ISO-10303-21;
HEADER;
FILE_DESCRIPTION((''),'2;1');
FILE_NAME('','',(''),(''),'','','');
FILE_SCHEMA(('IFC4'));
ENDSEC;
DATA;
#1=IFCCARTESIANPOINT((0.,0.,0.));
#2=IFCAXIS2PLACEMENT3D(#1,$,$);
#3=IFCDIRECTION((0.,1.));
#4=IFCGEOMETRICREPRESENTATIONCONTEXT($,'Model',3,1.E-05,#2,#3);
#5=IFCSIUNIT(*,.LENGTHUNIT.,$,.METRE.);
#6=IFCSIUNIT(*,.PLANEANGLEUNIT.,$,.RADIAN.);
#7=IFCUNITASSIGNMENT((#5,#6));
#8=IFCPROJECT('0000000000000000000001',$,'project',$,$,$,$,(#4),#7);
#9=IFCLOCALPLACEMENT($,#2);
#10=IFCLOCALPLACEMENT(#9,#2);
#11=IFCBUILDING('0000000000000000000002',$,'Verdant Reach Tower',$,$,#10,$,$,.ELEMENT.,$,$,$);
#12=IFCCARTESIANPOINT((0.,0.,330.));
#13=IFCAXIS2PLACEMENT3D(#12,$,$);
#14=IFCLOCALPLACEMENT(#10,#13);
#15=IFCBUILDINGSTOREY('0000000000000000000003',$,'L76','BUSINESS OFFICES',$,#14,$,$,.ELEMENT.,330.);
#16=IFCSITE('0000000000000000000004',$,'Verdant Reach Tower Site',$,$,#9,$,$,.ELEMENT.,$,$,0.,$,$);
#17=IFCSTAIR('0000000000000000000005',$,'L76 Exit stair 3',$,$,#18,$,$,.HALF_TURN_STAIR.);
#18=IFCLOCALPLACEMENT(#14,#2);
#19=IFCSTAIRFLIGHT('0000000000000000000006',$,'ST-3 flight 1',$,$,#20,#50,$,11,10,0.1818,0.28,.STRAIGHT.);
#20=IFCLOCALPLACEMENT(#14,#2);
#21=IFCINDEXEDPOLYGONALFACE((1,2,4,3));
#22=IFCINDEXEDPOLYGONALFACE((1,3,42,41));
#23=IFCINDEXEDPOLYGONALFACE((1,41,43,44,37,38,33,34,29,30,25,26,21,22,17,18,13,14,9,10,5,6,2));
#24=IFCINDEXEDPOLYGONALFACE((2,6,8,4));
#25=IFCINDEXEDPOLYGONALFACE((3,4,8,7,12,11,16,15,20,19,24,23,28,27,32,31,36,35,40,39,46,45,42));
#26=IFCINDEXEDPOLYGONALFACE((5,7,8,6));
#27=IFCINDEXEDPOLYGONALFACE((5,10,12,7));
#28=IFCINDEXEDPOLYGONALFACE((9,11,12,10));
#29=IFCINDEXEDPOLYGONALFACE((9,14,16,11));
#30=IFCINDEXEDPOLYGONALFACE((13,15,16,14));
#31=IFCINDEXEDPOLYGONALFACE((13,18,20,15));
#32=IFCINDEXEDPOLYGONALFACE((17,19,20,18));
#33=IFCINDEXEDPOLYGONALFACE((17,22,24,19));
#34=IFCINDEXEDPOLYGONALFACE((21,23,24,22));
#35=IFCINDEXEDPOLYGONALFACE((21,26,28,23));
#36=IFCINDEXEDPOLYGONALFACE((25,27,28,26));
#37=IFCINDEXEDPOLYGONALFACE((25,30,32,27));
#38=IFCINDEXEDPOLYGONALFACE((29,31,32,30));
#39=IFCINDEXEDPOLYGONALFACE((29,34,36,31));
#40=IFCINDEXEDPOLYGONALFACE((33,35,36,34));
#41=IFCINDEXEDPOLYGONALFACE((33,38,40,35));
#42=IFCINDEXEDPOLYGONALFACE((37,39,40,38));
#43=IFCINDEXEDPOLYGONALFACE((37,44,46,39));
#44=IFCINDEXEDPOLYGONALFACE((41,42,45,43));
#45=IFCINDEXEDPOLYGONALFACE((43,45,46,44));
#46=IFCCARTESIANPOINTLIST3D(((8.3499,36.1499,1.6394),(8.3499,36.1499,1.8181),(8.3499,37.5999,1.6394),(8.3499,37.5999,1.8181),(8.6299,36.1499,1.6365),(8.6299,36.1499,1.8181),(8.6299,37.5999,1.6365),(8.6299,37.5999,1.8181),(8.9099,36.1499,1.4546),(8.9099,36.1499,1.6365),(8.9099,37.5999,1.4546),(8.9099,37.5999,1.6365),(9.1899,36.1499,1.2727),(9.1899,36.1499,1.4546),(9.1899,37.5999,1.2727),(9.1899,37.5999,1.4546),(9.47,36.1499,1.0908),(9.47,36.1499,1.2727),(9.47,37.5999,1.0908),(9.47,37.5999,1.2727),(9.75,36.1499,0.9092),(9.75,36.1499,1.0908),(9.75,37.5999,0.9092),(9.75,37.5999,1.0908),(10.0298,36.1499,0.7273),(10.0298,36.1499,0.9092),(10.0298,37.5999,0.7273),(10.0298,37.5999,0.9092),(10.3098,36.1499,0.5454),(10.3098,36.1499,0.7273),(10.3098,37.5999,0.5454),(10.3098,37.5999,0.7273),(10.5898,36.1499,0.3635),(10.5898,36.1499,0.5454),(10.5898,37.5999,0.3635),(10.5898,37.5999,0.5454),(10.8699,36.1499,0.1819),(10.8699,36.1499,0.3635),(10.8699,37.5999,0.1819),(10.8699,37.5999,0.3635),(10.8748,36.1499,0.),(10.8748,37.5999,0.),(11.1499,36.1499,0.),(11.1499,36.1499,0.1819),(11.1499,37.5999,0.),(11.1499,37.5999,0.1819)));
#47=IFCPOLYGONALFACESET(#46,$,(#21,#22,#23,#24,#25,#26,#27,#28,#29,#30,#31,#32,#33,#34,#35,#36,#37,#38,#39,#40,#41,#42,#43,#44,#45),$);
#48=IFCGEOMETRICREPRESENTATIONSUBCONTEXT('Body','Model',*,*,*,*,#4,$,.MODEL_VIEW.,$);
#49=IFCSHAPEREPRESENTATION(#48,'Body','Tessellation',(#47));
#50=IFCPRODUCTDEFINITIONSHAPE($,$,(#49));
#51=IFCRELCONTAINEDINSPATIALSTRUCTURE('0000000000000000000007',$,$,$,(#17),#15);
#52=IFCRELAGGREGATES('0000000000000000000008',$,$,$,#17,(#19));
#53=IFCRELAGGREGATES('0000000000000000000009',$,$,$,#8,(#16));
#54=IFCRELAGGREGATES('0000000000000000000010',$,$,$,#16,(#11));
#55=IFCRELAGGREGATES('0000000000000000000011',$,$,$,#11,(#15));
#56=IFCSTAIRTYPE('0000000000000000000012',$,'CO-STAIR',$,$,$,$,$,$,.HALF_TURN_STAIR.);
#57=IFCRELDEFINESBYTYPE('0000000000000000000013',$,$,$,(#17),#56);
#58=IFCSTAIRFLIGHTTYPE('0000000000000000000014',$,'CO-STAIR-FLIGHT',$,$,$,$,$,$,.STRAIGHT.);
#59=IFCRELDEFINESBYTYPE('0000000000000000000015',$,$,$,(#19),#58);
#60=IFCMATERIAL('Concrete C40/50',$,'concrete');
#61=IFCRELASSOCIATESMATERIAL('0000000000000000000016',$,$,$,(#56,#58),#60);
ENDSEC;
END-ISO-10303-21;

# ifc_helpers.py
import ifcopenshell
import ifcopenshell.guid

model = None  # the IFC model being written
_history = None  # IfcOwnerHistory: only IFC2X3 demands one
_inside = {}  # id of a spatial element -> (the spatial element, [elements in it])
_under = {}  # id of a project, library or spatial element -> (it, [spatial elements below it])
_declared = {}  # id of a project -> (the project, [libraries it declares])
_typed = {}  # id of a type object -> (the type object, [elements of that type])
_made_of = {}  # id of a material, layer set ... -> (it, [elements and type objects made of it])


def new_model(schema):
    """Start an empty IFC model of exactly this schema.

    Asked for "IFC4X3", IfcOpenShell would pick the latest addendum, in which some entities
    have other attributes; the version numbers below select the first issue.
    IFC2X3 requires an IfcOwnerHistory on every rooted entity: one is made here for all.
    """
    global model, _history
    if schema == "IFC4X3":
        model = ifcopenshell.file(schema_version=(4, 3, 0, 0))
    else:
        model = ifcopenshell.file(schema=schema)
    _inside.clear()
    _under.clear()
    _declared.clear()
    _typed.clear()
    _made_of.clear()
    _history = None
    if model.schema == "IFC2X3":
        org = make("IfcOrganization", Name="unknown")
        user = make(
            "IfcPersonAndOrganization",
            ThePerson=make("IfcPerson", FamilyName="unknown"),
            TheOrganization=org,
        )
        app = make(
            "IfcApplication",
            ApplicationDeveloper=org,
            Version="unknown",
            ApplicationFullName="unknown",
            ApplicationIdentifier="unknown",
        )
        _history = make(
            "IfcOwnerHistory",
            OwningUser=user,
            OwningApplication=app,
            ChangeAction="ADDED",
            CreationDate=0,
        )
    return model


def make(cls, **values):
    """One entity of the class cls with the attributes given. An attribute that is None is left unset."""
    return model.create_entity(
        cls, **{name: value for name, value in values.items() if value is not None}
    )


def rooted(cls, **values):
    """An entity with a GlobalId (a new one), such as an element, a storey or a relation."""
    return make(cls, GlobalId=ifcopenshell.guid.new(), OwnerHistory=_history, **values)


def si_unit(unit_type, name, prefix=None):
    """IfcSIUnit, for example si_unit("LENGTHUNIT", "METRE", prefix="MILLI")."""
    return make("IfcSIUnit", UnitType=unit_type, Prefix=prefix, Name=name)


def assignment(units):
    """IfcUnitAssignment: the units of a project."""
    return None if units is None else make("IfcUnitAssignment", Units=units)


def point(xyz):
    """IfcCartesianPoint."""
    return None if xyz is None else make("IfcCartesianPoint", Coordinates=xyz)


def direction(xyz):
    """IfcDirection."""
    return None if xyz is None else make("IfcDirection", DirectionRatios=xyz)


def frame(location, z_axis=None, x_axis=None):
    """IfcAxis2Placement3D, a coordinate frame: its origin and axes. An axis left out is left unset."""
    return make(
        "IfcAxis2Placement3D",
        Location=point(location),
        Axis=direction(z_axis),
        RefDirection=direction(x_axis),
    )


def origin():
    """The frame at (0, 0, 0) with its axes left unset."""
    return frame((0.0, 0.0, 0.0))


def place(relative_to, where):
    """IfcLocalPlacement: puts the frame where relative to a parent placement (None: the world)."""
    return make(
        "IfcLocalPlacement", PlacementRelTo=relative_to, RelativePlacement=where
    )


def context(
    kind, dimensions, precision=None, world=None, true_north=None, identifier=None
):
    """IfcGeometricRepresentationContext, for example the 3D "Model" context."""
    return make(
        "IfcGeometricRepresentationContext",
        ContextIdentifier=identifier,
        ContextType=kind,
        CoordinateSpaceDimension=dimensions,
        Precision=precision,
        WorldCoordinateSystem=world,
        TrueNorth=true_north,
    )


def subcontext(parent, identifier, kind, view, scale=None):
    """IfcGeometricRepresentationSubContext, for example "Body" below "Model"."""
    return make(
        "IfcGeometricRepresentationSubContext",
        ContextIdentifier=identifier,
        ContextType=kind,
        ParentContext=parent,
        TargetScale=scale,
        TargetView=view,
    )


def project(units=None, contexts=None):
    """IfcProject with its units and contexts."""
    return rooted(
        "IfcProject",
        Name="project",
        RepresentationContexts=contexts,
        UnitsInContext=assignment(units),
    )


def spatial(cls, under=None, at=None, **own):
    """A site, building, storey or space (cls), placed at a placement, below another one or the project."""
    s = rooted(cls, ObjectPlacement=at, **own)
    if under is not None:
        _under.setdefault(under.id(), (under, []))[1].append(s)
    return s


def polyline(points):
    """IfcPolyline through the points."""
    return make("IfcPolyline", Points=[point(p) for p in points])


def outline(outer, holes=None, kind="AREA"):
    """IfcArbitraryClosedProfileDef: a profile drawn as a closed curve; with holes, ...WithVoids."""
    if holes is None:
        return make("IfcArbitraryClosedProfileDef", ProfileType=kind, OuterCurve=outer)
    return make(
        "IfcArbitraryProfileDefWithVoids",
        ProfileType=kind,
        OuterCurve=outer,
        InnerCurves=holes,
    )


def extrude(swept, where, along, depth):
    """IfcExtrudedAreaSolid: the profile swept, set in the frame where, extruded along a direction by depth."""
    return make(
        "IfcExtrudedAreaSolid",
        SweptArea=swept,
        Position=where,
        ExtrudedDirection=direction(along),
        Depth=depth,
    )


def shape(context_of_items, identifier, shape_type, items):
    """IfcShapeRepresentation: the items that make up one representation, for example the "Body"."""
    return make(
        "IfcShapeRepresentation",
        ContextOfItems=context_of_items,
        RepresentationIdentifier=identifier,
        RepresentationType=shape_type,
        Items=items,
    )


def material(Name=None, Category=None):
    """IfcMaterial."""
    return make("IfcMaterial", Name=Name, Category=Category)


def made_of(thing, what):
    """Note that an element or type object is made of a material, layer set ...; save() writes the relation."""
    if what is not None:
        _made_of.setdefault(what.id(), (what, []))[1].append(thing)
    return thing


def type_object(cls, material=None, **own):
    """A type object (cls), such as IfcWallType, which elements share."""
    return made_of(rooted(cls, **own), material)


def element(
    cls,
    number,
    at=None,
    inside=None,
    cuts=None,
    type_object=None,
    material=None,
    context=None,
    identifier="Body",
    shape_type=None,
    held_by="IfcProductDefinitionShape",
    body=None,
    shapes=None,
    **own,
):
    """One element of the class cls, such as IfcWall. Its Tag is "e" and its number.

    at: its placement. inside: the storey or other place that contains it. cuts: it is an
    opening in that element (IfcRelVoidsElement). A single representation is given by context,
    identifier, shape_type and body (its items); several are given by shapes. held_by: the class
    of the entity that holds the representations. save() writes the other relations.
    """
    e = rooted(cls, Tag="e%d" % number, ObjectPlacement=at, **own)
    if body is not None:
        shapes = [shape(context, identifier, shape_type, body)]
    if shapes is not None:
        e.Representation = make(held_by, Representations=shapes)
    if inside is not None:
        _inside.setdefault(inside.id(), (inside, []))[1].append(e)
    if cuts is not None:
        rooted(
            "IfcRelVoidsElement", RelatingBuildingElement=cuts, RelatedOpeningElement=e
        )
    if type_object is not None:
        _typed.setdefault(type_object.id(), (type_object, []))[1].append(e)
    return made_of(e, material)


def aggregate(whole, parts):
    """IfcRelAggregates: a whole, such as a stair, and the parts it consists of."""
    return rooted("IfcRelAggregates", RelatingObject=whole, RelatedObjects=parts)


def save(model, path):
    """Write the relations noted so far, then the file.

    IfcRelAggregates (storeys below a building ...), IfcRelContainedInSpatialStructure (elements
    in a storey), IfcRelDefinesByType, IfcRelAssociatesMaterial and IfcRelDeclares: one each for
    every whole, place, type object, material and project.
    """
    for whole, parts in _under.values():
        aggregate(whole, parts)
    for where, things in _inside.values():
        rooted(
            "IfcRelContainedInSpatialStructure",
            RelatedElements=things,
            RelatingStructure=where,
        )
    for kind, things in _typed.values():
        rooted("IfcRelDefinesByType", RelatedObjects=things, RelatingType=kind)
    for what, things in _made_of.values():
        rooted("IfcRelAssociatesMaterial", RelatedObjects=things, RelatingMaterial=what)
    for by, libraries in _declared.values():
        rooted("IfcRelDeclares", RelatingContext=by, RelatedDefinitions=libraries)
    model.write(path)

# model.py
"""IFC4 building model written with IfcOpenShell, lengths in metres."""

from ifc_helpers import new_model, si_unit, direction, frame, origin, place, context, subcontext, project, spatial, polyline, outline, extrude, material, type_object, element, aggregate, save


model = new_model("IFC4")

# Units and contexts
model_context = context("Model", 3, precision=1e-05, world=origin(), true_north=direction((0.0, 1.0)))
body_context = subcontext(model_context, "Body", "Model", "MODEL_VIEW")
ifc_project = project(units=[si_unit("LENGTHUNIT", "METRE"), si_unit("PLANEANGLEUNIT", "RADIAN")], contexts=[model_context])

# Site, building, storey
site_placement = place(None, origin())
site = spatial("IfcSite", under=ifc_project, at=site_placement, Name="Verdant Reach Tower Site", CompositionType="ELEMENT", RefElevation=0.0)
building_placement = place(site_placement, origin())
building = spatial("IfcBuilding", under=site, at=building_placement, Name="Verdant Reach Tower", CompositionType="ELEMENT")
storey_placement = place(building_placement, frame((0.0, 0.0, 330.0)))
storey = spatial("IfcBuildingStorey", under=building, at=storey_placement, Name="L76", Description="BUSINESS OFFICES", CompositionType="ELEMENT", Elevation=330.0)

# Stair, stair flight
ifc_material_1 = material(Name="Concrete C40/50", Category="concrete")
stair_type = type_object("IfcStairType", Name="CO-STAIR", PredefinedType="HALF_TURN_STAIR", material=ifc_material_1)
stair_placement = place(storey_placement, origin())
stair = element("IfcStair", 1, at=stair_placement, inside=storey, type_object=stair_type, Name="L76 Exit stair 3", PredefinedType="HALF_TURN_STAIR")
stair_flight_type = type_object("IfcStairFlightType", Name="CO-STAIR-FLIGHT", PredefinedType="STRAIGHT", material=ifc_material_1)
stair_flight_placement = place(storey_placement, frame((11.1499, 36.875, 0.0), z_axis=(0.0, 0.0, 1.0), x_axis=(-1.0, 0.0, 0.0)))
stair_flight = element("IfcStairFlight", 2, at=stair_flight_placement, type_object=stair_flight_type, Name="ST-3 flight 1", NumberOfRisers=11, NumberOfTreads=10, PredefinedType="STRAIGHT", RiserHeight=0.1818, TreadLength=0.28, context=body_context, shape_type="SweptSolid", body=[
    extrude(outline(polyline([(0.0, 0.0), (0.0, 0.1819), (0.28, 0.1819), (0.28, 0.3635), (0.5601, 0.3635), (0.5601, 0.5454), (0.8401, 0.5454), (0.8401, 0.7273), (1.1201, 0.7273), (1.1201, 0.9092), (1.3999, 0.9092), (1.3999, 1.0908), (1.6799, 1.0908), (1.6799, 1.2727), (1.96, 1.2727), (1.96, 1.4546), (2.24, 1.4546), (2.24, 1.6365), (2.52, 1.6365), (2.52, 1.8181), (2.8, 1.8181), (2.8, 2.0), (2.8, 1.6394), (0.2751, 0.0), (0.0, 0.0)])), frame((0.0, 0.7251, 0.0), z_axis=(0.0, -1.0, 0.0), x_axis=(1.0, 0.0, 0.0)), (0.0, 0.0, 1.0), 1.45),
])
aggregate(stair, [stair_flight])

save(model, "model.ifc")
